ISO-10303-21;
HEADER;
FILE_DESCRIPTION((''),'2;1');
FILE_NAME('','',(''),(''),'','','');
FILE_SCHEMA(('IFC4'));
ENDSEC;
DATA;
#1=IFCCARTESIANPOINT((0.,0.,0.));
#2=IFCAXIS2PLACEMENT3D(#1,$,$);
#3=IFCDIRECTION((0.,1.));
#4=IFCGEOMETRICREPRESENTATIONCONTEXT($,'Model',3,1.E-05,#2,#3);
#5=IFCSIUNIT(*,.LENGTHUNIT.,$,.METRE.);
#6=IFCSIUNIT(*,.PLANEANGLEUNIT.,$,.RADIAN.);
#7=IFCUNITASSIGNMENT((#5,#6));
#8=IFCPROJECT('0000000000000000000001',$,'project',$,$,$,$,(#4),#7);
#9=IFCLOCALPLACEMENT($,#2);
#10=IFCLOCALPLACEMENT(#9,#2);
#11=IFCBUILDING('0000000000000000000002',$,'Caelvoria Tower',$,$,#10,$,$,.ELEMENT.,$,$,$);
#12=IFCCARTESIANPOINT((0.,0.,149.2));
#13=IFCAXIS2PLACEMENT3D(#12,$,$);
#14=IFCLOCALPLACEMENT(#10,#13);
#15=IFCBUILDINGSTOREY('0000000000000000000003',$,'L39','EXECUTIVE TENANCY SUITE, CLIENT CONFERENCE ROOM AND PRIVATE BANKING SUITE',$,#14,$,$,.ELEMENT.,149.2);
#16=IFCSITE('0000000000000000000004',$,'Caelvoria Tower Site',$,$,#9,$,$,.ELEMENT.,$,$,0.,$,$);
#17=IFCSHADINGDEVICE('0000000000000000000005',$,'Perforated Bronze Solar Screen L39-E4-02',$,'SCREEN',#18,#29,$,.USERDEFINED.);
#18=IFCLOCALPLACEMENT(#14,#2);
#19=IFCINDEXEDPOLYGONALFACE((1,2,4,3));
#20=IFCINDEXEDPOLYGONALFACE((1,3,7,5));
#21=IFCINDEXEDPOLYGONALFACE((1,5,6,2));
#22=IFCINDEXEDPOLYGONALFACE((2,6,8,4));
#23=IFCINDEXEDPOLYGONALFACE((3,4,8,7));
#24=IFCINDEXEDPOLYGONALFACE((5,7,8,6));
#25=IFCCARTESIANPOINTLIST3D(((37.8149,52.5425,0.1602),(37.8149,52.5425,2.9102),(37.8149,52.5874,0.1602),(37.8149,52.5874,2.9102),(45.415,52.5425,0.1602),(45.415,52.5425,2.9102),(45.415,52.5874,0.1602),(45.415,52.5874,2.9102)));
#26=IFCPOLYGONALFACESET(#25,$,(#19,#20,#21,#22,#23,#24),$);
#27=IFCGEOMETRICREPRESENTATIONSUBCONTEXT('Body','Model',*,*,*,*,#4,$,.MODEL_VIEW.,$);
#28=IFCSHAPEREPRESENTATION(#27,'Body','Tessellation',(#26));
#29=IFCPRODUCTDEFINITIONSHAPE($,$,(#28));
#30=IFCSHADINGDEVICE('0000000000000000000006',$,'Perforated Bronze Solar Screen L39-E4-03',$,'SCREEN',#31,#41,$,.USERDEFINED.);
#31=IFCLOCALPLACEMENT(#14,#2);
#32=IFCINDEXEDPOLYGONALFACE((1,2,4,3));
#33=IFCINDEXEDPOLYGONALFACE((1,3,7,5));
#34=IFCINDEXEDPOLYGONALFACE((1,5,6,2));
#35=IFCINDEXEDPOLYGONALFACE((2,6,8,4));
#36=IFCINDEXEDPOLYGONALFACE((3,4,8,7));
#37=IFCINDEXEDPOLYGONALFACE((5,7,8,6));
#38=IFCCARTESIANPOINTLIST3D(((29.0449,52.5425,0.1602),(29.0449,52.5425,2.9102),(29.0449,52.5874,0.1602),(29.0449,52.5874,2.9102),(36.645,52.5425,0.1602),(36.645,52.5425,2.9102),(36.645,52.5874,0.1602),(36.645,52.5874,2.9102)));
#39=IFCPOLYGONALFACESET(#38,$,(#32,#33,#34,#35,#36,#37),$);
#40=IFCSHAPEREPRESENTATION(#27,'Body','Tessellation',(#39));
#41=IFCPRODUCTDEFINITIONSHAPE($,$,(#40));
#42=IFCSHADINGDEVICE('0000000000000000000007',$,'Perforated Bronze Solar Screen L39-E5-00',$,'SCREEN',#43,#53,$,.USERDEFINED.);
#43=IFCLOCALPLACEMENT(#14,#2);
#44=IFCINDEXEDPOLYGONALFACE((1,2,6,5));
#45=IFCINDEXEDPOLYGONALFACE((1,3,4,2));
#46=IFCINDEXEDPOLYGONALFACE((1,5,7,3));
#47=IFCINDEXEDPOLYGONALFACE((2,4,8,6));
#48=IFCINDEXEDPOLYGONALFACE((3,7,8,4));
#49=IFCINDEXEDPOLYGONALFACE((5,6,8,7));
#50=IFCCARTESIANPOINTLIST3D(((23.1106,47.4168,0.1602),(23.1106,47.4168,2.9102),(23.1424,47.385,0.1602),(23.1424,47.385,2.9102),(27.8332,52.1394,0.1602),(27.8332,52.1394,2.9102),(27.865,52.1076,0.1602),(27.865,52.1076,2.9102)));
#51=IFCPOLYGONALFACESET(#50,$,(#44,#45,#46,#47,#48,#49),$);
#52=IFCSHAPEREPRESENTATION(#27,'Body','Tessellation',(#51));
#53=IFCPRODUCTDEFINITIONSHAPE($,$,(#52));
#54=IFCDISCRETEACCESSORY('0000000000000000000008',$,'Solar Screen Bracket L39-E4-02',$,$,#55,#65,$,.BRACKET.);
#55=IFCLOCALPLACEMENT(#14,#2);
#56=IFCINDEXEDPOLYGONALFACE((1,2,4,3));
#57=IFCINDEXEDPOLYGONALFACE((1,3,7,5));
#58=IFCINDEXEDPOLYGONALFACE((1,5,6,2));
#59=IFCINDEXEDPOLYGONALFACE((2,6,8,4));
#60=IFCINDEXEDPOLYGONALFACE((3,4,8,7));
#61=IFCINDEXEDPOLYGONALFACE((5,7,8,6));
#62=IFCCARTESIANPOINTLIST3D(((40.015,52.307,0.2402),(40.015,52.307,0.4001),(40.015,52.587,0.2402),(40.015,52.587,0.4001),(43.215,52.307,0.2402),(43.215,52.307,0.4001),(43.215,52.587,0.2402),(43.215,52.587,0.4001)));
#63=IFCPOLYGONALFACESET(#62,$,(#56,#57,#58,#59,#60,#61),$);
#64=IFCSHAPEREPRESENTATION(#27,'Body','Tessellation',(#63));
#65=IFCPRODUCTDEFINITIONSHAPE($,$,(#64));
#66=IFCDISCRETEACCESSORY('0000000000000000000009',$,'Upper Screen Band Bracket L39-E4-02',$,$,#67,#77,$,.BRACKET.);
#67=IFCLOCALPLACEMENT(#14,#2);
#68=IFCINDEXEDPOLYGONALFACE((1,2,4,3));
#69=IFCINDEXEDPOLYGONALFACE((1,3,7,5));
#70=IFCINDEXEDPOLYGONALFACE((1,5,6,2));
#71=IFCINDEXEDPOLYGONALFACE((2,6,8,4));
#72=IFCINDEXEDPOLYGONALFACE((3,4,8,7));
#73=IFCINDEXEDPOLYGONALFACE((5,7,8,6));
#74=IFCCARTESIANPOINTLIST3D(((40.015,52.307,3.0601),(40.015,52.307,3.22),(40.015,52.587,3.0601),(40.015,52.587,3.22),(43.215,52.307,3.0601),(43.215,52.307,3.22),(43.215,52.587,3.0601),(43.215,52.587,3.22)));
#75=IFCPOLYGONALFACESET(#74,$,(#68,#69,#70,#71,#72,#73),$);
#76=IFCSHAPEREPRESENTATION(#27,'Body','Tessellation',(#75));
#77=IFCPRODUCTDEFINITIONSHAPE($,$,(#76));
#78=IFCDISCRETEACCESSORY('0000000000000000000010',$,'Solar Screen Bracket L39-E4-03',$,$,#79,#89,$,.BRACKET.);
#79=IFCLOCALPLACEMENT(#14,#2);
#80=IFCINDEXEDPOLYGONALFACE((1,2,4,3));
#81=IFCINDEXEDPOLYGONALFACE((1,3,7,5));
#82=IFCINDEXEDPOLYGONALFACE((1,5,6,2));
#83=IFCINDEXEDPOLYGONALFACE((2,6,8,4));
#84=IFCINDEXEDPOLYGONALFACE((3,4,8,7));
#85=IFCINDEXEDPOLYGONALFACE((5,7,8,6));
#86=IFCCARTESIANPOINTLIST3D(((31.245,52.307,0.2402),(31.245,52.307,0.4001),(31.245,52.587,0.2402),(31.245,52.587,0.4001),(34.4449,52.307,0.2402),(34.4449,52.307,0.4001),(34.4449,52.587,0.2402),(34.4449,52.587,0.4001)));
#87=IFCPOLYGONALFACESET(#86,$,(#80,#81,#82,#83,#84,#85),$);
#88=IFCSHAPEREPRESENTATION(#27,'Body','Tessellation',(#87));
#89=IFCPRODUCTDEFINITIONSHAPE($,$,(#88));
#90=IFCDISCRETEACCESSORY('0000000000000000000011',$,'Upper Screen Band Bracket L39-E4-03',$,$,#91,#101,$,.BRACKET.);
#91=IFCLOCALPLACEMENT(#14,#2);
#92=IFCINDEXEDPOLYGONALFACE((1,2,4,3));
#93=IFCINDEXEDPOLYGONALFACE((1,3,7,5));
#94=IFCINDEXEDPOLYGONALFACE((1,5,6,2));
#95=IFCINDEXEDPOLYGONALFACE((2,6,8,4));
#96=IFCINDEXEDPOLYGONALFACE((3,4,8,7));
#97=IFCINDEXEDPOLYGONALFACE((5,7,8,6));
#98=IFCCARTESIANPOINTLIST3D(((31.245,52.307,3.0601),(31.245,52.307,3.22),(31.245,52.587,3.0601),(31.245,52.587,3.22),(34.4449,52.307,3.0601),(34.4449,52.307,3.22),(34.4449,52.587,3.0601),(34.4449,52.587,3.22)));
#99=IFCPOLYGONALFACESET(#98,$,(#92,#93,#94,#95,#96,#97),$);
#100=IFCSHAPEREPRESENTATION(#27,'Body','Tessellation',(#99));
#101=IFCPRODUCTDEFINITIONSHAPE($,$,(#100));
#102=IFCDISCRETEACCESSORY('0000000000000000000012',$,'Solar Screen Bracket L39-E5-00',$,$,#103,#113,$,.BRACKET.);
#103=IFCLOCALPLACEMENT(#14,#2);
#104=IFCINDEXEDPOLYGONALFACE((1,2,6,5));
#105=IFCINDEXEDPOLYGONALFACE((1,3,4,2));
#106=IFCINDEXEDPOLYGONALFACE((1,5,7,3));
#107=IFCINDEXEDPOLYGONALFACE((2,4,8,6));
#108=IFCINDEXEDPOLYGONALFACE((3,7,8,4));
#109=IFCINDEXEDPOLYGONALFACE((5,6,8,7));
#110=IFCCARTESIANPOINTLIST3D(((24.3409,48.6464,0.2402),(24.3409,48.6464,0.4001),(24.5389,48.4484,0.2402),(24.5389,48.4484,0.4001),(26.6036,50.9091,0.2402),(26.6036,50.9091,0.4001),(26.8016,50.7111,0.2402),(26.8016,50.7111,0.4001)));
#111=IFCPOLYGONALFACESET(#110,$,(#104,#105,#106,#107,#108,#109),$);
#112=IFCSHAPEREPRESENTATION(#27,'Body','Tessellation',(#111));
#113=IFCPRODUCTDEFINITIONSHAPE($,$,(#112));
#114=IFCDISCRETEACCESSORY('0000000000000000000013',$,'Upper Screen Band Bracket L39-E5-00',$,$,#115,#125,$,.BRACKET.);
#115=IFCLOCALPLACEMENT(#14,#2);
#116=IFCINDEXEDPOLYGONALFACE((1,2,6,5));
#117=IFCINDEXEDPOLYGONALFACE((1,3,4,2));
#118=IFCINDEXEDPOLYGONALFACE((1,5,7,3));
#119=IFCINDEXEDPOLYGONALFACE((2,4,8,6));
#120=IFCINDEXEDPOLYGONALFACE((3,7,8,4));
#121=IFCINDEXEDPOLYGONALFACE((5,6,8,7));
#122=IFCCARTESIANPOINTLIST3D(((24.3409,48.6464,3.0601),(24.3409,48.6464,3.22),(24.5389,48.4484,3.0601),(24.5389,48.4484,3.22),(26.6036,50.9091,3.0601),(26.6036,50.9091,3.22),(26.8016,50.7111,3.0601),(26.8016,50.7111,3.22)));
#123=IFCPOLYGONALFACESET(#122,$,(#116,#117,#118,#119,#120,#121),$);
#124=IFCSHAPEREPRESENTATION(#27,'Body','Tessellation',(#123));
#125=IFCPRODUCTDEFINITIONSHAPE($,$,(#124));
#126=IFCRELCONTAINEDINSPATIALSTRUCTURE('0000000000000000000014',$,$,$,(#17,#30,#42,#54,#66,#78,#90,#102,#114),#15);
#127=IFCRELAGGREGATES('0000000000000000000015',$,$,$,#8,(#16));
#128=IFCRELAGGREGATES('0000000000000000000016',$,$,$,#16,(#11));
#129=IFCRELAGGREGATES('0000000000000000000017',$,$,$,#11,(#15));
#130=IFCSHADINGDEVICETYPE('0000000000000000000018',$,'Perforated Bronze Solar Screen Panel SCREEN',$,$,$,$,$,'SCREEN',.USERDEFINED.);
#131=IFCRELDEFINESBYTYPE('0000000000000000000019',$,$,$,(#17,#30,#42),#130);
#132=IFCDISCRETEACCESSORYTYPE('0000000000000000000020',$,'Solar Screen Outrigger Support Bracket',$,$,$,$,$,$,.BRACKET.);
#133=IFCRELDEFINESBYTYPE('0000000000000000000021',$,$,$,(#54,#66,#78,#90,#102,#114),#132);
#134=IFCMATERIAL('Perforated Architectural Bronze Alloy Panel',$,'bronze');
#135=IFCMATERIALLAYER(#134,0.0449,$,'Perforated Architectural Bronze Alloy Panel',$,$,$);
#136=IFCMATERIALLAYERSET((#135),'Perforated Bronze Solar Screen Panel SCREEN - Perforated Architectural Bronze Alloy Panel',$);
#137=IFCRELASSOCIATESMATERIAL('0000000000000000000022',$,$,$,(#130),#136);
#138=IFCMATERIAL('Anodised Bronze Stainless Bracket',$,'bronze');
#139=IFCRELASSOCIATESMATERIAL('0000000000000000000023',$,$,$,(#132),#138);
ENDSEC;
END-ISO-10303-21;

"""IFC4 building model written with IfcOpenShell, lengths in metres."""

from ifc_helpers import new_model, si_unit, direction, frame, origin, origin_2d, place, context, subcontext, project, spatial, rectangle, extrude, material, layer, layer_set, type_object, element, save


model = new_model("IFC4")

# Units and contexts
model_context = context("Model", 3, precision=1e-05, world=origin(), true_north=direction((0.0, 1.0)))
body_context = subcontext(model_context, "Body", "Model", "MODEL_VIEW")
ifc_project = project(units=[si_unit("LENGTHUNIT", "METRE"), si_unit("PLANEANGLEUNIT", "RADIAN")], contexts=[model_context])

# Site, building, storey
site_placement = place(None, origin())
site = spatial("IfcSite", under=ifc_project, at=site_placement, Name="Caelvoria Tower Site", CompositionType="ELEMENT", RefElevation=0.0)
building_placement = place(site_placement, origin())
building = spatial("IfcBuilding", under=site, at=building_placement, Name="Caelvoria Tower", CompositionType="ELEMENT")
storey_placement = place(building_placement, frame((0.0, 0.0, 149.2)))
storey = spatial("IfcBuildingStorey", under=building, at=storey_placement, Name="L39", Description="EXECUTIVE TENANCY SUITE, CLIENT CONFERENCE ROOM AND PRIVATE BANKING SUITE", CompositionType="ELEMENT", Elevation=149.2)

# Shading devices
ifc_material_1 = material(Name="Perforated Architectural Bronze Alloy Panel", Category="bronze")
ifc_layer_1 = layer(ifc_material_1, 0.0449, Name="Perforated Architectural Bronze Alloy Panel")
ifc_layer_set_1 = layer_set([ifc_layer_1], Name="Perforated Bronze Solar Screen Panel SCREEN - Perforated Architectural Bronze Alloy Panel")
shading_device_type = type_object("IfcShadingDeviceType", Name="Perforated Bronze Solar Screen Panel SCREEN", ElementType="SCREEN", PredefinedType="USERDEFINED", material=ifc_layer_set_1)
for number, where, z_axis, x_axis, name in (
    (1, (41.615, 52.5649, 0.1602), (0.0, 0.0, 1.0), (-1.0, 0.0, 0.0), "Perforated Bronze Solar Screen L39-E4-02"),
    (2, (32.845, 52.5649, 0.1602), (0.0, 0.0, 1.0), (-1.0, 0.0, 0.0), "Perforated Bronze Solar Screen L39-E4-03"),
):
    element("IfcShadingDevice", number, at=place(storey_placement, frame(where, z_axis=z_axis, x_axis=x_axis)), inside=storey, type_object=shading_device_type, Name=name, ObjectType="SCREEN", PredefinedType="USERDEFINED", context=body_context, shape_type="SweptSolid", body=[
        extrude(rectangle(XDim=7.6001, YDim=0.0449, at=origin_2d()), origin(), (0.0, 0.0, 1.0), 2.75),
    ])
shading_device_placement = place(storey_placement, frame((25.4878, 49.7622, 0.1602), z_axis=(0.0, 0.0, 1.0), x_axis=(-0.707107, -0.707107, 0.0)))
element("IfcShadingDevice", 3, at=shading_device_placement, inside=storey, type_object=shading_device_type, Name="Perforated Bronze Solar Screen L39-E5-00", ObjectType="SCREEN", PredefinedType="USERDEFINED", context=body_context, shape_type="SweptSolid", body=[
    extrude(rectangle(XDim=6.6787, YDim=0.0449, at=origin_2d()), origin(), (0.0, 0.0, 1.0), 2.75),
])

# Discrete accessories
ifc_material_2 = material(Name="Anodised Bronze Stainless Bracket", Category="bronze")
discrete_accessory_type = type_object("IfcDiscreteAccessoryType", Name="Solar Screen Outrigger Support Bracket", PredefinedType="BRACKET", material=ifc_material_2)
for number, where, z_axis, x_axis, name in (
    (4, (41.615, 52.447, 0.2402), (0.0, 0.0, 1.0), (-1.0, 0.0, 0.0), "Solar Screen Bracket L39-E4-02"),
    (5, (41.615, 52.447, 3.0601), (0.0, 0.0, 1.0), (-1.0, 0.0, 0.0), "Upper Screen Band Bracket L39-E4-02"),
    (6, (32.845, 52.447, 0.2402), (0.0, 0.0, 1.0), (-1.0, 0.0, 0.0), "Solar Screen Bracket L39-E4-03"),
    (7, (32.845, 52.447, 3.0601), (0.0, 0.0, 1.0), (-1.0, 0.0, 0.0), "Upper Screen Band Bracket L39-E4-03"),
    (8, (25.5713, 49.6787, 0.2402), (0.0, 0.0, 1.0), (-0.707107, -0.707107, 0.0), "Solar Screen Bracket L39-E5-00"),
    (9, (25.5713, 49.6787, 3.0601), (0.0, 0.0, 1.0), (-0.707107, -0.707107, 0.0), "Upper Screen Band Bracket L39-E5-00"),
):
    element("IfcDiscreteAccessory", number, at=place(storey_placement, frame(where, z_axis=z_axis, x_axis=x_axis)), inside=storey, type_object=discrete_accessory_type, Name=name, PredefinedType="BRACKET", context=body_context, shape_type="SweptSolid", body=[
        extrude(rectangle(XDim=3.2, YDim=0.28, at=origin_2d()), origin(), (0.0, 0.0, 1.0), 0.1599),
    ])

save(model, "model.ifc")
